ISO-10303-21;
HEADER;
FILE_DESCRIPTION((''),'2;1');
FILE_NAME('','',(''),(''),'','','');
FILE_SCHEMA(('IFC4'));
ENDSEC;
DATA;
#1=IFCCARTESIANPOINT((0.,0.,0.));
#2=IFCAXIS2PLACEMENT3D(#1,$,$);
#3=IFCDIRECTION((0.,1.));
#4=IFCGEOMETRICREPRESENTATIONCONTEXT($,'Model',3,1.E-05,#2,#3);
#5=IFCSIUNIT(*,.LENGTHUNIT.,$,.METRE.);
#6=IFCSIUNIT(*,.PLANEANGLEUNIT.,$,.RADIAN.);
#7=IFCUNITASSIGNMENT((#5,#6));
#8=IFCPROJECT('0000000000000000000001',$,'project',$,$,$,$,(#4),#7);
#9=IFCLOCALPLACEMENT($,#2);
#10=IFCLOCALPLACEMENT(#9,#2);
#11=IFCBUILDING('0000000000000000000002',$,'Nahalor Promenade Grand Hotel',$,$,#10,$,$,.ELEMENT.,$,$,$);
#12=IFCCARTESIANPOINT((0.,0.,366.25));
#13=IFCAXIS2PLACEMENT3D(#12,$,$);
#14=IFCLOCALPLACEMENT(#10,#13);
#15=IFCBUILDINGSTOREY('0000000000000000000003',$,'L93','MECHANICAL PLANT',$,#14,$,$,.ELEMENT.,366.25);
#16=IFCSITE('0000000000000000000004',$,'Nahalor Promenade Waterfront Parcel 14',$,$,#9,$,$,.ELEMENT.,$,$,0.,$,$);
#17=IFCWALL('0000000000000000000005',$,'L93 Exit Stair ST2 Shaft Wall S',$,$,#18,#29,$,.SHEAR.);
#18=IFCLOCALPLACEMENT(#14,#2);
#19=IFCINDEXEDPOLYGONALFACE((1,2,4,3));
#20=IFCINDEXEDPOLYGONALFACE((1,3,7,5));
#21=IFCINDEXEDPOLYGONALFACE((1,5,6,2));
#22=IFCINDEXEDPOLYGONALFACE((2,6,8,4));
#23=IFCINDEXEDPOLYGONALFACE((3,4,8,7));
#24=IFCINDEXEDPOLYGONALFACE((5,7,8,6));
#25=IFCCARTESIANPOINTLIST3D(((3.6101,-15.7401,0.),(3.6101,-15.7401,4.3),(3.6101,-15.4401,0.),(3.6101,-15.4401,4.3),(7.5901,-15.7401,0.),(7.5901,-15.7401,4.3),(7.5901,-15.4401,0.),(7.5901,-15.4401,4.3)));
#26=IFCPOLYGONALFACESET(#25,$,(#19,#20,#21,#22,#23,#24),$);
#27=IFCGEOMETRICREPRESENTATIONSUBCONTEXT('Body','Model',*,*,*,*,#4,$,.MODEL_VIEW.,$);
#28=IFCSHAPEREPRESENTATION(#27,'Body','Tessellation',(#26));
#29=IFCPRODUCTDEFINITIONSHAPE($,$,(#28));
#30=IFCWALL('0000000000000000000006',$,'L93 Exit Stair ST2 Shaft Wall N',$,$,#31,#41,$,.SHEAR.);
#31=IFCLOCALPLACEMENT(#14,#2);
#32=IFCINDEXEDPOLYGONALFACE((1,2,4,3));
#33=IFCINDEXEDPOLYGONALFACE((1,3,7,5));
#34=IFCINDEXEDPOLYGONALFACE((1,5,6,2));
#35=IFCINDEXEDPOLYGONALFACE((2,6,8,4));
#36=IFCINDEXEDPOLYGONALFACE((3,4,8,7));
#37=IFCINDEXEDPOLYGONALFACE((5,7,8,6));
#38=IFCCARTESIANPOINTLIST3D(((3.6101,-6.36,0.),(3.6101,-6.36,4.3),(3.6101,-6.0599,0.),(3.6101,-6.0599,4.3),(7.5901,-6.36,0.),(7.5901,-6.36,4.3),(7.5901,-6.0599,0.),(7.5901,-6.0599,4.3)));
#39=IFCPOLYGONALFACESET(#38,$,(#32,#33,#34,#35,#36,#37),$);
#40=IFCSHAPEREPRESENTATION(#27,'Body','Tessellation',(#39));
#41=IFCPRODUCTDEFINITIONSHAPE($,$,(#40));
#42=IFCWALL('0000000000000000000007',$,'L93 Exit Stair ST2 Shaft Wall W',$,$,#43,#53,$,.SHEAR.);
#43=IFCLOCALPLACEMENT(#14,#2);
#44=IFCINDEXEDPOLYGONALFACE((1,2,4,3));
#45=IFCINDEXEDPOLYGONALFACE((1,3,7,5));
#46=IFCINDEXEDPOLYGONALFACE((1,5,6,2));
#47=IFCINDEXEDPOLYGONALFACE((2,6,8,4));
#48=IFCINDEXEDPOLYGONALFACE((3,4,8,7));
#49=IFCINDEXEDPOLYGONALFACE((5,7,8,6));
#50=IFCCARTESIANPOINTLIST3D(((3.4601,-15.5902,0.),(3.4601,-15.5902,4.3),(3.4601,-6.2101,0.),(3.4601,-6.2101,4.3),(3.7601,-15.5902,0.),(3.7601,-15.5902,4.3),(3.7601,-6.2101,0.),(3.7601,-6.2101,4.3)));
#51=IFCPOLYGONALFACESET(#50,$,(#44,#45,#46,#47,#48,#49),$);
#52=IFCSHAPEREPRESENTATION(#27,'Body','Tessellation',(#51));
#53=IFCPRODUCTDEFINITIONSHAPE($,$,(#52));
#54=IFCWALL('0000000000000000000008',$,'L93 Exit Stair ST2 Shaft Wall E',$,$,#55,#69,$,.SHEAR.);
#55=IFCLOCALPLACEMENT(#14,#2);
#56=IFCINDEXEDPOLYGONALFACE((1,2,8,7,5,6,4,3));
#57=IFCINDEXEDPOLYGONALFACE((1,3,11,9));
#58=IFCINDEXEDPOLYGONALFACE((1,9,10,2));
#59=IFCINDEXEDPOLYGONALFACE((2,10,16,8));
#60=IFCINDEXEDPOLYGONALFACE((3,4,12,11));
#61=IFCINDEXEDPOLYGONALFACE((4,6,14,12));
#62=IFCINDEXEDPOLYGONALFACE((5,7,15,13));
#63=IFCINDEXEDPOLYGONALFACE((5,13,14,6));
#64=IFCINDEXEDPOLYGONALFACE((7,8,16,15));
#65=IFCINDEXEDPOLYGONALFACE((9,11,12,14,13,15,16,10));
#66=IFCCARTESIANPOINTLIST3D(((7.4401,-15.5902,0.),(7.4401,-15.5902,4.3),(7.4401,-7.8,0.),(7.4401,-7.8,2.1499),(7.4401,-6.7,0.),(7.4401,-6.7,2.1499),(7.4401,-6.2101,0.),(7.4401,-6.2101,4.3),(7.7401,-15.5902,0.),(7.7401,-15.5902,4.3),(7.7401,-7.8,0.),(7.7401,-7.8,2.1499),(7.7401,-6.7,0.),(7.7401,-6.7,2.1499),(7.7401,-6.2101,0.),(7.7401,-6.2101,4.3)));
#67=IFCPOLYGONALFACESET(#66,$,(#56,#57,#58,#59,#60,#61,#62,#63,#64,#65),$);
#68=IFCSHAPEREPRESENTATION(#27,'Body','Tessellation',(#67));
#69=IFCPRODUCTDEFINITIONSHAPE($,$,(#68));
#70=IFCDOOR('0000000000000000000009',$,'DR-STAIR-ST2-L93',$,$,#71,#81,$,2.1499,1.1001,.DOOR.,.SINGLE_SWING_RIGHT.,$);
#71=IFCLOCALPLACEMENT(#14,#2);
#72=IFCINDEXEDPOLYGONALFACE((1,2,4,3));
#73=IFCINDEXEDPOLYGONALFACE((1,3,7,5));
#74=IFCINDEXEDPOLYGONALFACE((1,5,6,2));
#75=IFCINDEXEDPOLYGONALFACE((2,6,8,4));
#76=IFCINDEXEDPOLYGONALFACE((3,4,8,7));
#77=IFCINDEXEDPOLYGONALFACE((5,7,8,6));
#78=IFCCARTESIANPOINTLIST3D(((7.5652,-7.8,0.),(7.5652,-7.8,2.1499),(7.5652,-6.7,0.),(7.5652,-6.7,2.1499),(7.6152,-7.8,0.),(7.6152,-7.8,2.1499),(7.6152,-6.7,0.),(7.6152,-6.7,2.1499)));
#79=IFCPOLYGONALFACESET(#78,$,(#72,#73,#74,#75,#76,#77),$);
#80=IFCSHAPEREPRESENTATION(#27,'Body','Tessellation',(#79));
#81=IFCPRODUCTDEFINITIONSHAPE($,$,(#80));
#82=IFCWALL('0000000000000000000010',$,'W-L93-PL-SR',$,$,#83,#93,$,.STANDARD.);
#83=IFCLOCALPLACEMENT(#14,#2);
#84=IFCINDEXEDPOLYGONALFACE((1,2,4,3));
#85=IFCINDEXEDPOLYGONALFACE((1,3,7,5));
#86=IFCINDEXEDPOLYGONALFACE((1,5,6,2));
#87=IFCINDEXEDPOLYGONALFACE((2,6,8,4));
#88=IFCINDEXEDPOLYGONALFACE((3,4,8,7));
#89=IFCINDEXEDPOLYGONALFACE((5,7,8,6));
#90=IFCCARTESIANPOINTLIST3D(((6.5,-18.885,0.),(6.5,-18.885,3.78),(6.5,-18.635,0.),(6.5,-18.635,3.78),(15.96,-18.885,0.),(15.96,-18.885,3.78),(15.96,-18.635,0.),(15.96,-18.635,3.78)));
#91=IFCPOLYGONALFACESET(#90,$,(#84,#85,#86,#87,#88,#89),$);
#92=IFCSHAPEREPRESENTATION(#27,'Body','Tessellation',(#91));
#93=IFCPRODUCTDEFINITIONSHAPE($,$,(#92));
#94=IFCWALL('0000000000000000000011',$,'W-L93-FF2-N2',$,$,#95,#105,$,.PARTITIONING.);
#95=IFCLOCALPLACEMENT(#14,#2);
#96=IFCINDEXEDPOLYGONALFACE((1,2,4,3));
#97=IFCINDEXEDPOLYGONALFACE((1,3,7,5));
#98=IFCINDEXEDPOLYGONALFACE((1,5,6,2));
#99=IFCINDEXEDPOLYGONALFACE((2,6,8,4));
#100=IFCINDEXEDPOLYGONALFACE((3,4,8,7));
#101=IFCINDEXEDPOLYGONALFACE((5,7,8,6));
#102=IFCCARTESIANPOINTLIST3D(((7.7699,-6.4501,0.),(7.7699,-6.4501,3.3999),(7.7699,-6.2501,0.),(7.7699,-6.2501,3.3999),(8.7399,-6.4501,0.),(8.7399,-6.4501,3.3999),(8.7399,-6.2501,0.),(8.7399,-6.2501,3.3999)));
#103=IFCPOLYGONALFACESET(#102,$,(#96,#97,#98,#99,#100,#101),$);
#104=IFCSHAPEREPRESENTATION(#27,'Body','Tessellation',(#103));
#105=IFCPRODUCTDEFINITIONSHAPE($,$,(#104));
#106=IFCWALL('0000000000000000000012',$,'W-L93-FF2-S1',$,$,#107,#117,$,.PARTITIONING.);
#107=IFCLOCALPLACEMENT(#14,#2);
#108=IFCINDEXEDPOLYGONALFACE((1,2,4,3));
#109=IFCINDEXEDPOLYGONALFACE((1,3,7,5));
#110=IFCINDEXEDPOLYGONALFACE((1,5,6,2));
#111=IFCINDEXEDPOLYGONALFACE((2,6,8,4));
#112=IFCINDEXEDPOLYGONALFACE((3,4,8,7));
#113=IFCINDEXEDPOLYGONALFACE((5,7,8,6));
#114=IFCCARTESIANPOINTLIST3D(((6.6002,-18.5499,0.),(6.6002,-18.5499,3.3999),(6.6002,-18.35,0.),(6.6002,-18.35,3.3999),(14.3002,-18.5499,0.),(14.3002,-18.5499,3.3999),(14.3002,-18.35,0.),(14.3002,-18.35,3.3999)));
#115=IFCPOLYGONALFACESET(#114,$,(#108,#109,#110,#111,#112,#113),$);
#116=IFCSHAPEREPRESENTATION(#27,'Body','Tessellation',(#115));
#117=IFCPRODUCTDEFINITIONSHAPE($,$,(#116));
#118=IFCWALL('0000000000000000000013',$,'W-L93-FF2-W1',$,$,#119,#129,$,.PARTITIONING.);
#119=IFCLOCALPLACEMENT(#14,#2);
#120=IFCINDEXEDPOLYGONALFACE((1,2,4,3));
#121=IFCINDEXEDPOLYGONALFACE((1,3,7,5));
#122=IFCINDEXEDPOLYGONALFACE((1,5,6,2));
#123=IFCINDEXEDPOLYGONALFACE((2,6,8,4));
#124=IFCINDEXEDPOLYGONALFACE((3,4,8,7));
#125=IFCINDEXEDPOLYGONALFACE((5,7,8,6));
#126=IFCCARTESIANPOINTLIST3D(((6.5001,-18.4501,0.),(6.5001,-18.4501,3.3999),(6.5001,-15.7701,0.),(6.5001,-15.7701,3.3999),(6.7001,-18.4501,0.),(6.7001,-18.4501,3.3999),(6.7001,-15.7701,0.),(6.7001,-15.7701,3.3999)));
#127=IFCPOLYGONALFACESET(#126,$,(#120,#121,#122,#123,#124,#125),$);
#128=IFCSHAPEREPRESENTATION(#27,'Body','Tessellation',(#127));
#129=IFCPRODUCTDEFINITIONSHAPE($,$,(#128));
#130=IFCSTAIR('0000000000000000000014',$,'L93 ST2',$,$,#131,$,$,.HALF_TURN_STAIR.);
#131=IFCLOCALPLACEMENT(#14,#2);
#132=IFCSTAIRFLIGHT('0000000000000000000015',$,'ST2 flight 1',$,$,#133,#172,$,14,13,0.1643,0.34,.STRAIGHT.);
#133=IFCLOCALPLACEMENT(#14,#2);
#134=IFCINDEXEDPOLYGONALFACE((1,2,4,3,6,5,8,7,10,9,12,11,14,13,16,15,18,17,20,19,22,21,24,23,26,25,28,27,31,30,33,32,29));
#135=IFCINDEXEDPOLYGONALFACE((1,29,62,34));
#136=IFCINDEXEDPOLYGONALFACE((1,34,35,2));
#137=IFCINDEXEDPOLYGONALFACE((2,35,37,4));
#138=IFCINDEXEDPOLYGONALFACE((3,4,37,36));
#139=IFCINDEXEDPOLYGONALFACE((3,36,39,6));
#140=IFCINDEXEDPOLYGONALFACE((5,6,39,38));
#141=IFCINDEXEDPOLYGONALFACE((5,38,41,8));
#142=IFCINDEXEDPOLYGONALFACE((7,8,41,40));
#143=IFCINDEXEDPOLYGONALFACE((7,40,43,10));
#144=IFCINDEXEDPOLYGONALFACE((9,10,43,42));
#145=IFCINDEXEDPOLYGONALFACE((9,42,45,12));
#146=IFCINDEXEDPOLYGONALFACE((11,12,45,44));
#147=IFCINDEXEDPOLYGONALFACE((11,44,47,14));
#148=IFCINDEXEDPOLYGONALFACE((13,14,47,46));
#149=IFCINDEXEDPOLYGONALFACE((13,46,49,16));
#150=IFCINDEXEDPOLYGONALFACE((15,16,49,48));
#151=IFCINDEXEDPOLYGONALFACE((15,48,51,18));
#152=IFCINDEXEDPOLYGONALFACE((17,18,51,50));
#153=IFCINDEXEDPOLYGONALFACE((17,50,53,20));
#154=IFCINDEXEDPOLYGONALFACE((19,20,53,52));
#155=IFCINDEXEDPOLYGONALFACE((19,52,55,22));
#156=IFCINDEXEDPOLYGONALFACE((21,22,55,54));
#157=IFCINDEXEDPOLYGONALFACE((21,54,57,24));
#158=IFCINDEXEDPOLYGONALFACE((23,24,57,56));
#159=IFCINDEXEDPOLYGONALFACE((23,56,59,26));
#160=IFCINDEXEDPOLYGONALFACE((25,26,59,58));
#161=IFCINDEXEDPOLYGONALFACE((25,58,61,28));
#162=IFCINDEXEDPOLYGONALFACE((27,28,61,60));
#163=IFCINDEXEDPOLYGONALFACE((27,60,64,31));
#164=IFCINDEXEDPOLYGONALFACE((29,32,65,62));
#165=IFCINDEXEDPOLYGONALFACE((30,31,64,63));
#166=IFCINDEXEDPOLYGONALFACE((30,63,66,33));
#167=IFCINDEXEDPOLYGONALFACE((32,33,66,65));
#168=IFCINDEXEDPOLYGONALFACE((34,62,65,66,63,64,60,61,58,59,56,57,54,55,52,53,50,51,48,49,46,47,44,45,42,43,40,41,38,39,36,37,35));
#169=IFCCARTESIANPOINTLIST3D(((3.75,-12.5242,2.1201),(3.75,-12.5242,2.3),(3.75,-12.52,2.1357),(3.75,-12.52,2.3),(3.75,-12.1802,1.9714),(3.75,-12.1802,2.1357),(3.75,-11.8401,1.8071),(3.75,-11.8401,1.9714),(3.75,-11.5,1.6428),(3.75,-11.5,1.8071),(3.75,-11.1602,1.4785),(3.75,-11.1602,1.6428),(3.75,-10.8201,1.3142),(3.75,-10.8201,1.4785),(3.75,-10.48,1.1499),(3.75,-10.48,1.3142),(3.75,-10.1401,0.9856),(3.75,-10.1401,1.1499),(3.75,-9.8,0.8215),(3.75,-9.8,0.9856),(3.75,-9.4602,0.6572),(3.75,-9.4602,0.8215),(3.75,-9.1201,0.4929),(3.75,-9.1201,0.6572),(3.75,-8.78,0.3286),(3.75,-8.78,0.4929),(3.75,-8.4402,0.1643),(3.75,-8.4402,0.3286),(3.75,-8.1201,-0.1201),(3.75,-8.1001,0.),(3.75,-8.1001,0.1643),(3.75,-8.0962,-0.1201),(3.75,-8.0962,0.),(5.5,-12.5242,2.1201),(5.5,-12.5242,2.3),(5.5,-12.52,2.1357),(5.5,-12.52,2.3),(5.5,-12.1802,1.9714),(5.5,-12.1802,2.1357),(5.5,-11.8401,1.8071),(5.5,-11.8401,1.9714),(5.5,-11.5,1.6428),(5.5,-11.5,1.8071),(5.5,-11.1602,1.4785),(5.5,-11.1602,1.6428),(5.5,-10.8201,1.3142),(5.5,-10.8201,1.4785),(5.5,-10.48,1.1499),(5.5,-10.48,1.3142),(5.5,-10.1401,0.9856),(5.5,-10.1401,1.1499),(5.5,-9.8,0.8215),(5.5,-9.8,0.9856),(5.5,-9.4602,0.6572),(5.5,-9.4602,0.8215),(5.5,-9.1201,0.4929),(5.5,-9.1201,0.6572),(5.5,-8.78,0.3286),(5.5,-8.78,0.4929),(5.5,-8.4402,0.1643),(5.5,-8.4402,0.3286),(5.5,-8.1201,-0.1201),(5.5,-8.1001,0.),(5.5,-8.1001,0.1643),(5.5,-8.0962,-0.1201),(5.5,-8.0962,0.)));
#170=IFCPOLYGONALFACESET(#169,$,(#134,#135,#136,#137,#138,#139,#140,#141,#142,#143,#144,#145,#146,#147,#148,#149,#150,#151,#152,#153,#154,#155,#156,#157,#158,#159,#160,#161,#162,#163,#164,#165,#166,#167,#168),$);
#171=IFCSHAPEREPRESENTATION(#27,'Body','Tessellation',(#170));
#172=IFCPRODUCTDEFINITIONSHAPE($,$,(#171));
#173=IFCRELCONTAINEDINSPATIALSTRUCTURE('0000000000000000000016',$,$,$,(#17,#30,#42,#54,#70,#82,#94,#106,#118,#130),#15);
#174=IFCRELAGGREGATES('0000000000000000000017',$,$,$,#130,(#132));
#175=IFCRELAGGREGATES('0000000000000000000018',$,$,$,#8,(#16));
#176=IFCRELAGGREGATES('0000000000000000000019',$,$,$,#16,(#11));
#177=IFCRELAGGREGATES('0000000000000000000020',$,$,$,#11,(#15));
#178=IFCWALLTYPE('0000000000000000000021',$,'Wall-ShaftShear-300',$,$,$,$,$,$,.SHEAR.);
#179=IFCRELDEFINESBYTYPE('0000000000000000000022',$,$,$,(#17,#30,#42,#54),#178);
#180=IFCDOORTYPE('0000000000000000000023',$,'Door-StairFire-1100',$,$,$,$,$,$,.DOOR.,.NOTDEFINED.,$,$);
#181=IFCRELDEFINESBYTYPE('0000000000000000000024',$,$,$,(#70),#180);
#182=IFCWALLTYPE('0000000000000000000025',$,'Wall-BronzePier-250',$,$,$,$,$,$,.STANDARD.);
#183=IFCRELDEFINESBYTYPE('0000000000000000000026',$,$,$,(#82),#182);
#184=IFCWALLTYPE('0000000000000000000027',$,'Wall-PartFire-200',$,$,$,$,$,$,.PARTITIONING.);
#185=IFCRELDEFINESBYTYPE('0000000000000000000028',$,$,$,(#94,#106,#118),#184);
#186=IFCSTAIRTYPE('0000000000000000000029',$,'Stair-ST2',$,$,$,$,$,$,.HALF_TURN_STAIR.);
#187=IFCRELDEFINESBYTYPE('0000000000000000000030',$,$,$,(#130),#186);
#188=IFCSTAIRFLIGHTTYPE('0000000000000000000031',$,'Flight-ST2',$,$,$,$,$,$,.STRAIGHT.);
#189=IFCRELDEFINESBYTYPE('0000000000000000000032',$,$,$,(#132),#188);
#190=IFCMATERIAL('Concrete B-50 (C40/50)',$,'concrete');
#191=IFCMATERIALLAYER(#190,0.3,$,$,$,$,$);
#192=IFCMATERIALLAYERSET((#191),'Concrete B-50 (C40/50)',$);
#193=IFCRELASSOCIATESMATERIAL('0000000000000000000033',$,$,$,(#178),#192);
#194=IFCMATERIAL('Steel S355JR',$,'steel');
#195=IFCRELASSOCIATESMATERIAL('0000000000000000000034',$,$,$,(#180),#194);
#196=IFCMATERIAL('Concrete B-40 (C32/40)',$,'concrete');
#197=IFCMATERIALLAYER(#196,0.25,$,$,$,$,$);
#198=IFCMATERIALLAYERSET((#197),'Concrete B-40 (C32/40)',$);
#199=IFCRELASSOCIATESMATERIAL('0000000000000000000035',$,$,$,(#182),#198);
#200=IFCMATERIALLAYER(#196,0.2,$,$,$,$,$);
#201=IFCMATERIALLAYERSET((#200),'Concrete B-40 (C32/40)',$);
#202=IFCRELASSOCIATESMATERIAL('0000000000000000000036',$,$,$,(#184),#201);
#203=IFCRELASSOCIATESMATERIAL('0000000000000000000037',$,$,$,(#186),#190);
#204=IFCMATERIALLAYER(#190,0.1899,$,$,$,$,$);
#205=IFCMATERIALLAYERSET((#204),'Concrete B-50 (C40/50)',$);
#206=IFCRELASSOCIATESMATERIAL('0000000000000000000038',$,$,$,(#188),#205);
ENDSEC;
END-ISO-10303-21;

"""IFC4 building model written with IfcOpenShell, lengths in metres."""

from ifc_helpers import new_model, si_unit, direction, frame, frame_2d, origin, place, context, subcontext, project, spatial, polyline, rectangle, outline, extrude, source, transform, mapped, material, layer, layer_set, type_object, element, fill, aggregate, save


model = new_model("IFC4")

# Units and contexts
model_context = context("Model", 3, precision=1e-05, world=origin(), true_north=direction((0.0, 1.0)))
body_context = subcontext(model_context, "Body", "Model", "MODEL_VIEW")
ifc_project = project(units=[si_unit("LENGTHUNIT", "METRE"), si_unit("PLANEANGLEUNIT", "RADIAN")], contexts=[model_context])

# Site, building, storey
site_placement = place(None, origin())
site = spatial("IfcSite", under=ifc_project, at=site_placement, Name="Nahalor Promenade Waterfront Parcel 14", CompositionType="ELEMENT", RefElevation=0.0)
building_placement = place(site_placement, origin())
building = spatial("IfcBuilding", under=site, at=building_placement, Name="Nahalor Promenade Grand Hotel", CompositionType="ELEMENT")
storey_placement = place(building_placement, frame((0.0, 0.0, 366.25)))
storey = spatial("IfcBuildingStorey", under=building, at=storey_placement, Name="L93", Description="MECHANICAL PLANT", CompositionType="ELEMENT", Elevation=366.25)

# Shared definitions
ifc_material_1 = material(Name="Concrete B-50 (C40/50)", Category="concrete")

# Shared definitions
ifc_material_2 = material(Name="Steel S355JR", Category="steel")

# Walls
ifc_layer_1 = layer(ifc_material_1, 0.3)
ifc_layer_set_1 = layer_set([ifc_layer_1], Name="Concrete B-50 (C40/50)")
wall_type_1 = type_object("IfcWallType", Name="Wall-ShaftShear-300", PredefinedType="SHEAR", material=ifc_layer_set_1)
shared_shape_1 = source(origin(), body_context, "Body", "SweptSolid", [
    extrude(rectangle(XDim=3.98, YDim=0.3, at=frame_2d((1.99, 0.0))), origin(), (0.0, 0.0, 1.0), 4.3),
])
for number, where, z_axis, x_axis, name in (
    (1, (3.6101, -15.5901, 0.0), (0.0, 0.0, 1.0), (1.0, 0.0, 0.0), "L93 Exit Stair ST2 Shaft Wall S"),
    (2, (3.6101, -6.21, 0.0), (0.0, 0.0, 1.0), (1.0, 0.0, 0.0), "L93 Exit Stair ST2 Shaft Wall N"),
):
    element("IfcWall", number, at=place(storey_placement, frame(where, z_axis=z_axis, x_axis=x_axis)), inside=storey, type_object=wall_type_1, Name=name, PredefinedType="SHEAR", context=body_context, shape_type="MappedRepresentation", body=[
        mapped(shared_shape_1, transform((0.0, 0.0, 0.0), scale=1.0)),
    ])
shared_shape_2 = source(origin(), body_context, "Body", "SweptSolid", [
    extrude(rectangle(XDim=9.3801, YDim=0.3, at=frame_2d((4.6899, 0.0))), origin(), (0.0, 0.0, 1.0), 4.3),
])
wall_1_placement = place(storey_placement, frame((3.6101, -15.5901, 0.0), z_axis=(0.0, 0.0, 1.0), x_axis=(0.0, 1.0, 0.0)))
element("IfcWall", 3, at=wall_1_placement, inside=storey, type_object=wall_type_1, Name="L93 Exit Stair ST2 Shaft Wall W", PredefinedType="SHEAR", context=body_context, shape_type="MappedRepresentation", body=[
    mapped(shared_shape_2, transform((0.0, 0.0, 0.0), scale=1.0)),
])

# Wall, opening, door
wall_2_placement = place(storey_placement, frame((7.5901, -15.5901, 0.0), z_axis=(0.0, 0.0, 1.0), x_axis=(0.0, 1.0, 0.0)))
wall_2 = element("IfcWall", 4, at=wall_2_placement, inside=storey, type_object=wall_type_1, Name="L93 Exit Stair ST2 Shaft Wall E", PredefinedType="SHEAR", context=body_context, shape_type="MappedRepresentation", body=[
    mapped(shared_shape_2, transform((0.0, 0.0, 0.0), scale=1.0)),
])
opening_placement = place(wall_2_placement, frame((7.79, 0.0, 0.0)))
opening = element("IfcOpeningElement", 5, at=opening_placement, cuts=wall_2, PredefinedType="OPENING", context=body_context, shape_type="SweptSolid", body=[
    extrude(rectangle(XDim=1.1001, YDim=2.1499, at=frame_2d((0.55, 1.075))), frame((0.0, 0.1599, 0.0), z_axis=(0.0, -1.0, 0.0), x_axis=(1.0, 0.0, 0.0)), (0.0, 0.0, 1.0), 0.3201),
])
door_type = type_object("IfcDoorType", Name="Door-StairFire-1100", OperationType="NOTDEFINED", PredefinedType="DOOR", material=ifc_material_2)
shared_shape_3 = source(origin(), body_context, "Body", "SweptSolid", [
    extrude(rectangle(XDim=1.1001, YDim=2.1499, at=frame_2d((0.55, 1.075))), frame((0.0, 0.0249, 0.0), z_axis=(0.0, -1.0, 0.0), x_axis=(1.0, 0.0, 0.0)), (0.0, 0.0, 1.0), 0.05),
])
door_placement = place(opening_placement, origin())
door = element("IfcDoor", 6, at=door_placement, inside=storey, type_object=door_type, Name="DR-STAIR-ST2-L93", OperationType="SINGLE_SWING_RIGHT", OverallHeight=2.1499, OverallWidth=1.1001, PredefinedType="DOOR", context=body_context, shape_type="MappedRepresentation", body=[
    mapped(shared_shape_3, transform((0.0, 0.0, 0.0), scale=1.0)),
])
fill(opening, door)

# Walls
ifc_material_3 = material(Name="Concrete B-40 (C32/40)", Category="concrete")
ifc_layer_2 = layer(ifc_material_3, 0.25)
ifc_layer_set_2 = layer_set([ifc_layer_2], Name="Concrete B-40 (C32/40)")
wall_type_2 = type_object("IfcWallType", Name="Wall-BronzePier-250", PredefinedType="STANDARD", material=ifc_layer_set_2)
shared_shape_4 = source(origin(), body_context, "Body", "SweptSolid", [
    extrude(rectangle(XDim=9.46, YDim=0.25, at=frame_2d((4.73, 0.0))), origin(), (0.0, 0.0, 1.0), 3.78),
])
wall_3_placement = place(storey_placement, frame((6.5, -18.76, 0.0), z_axis=(0.0, 0.0, 1.0), x_axis=(1.0, 0.0, 0.0)))
element("IfcWall", 7, at=wall_3_placement, inside=storey, type_object=wall_type_2, Name="W-L93-PL-SR", PredefinedType="STANDARD", context=body_context, shape_type="MappedRepresentation", body=[
    mapped(shared_shape_4, transform((0.0, 0.0, 0.0), scale=1.0)),
])
ifc_layer_3 = layer(ifc_material_3, 0.2)
ifc_layer_set_3 = layer_set([ifc_layer_3], Name="Concrete B-40 (C32/40)")
wall_type_3 = type_object("IfcWallType", Name="Wall-PartFire-200", PredefinedType="PARTITIONING", material=ifc_layer_set_3)
shared_shape_5 = source(origin(), body_context, "Body", "SweptSolid", [
    extrude(rectangle(XDim=0.97, YDim=0.2, at=frame_2d((0.4849, 0.0))), origin(), (0.0, 0.0, 1.0), 3.3999),
])
wall_4_placement = place(storey_placement, frame((7.77, -6.3501, 0.0), z_axis=(0.0, 0.0, 1.0), x_axis=(1.0, 0.0, 0.0)))
element("IfcWall", 8, at=wall_4_placement, inside=storey, type_object=wall_type_3, Name="W-L93-FF2-N2", PredefinedType="PARTITIONING", context=body_context, shape_type="MappedRepresentation", body=[
    mapped(shared_shape_5, transform((0.0, 0.0, 0.0), scale=1.0)),
])
shared_shape_6 = source(origin(), body_context, "Body", "SweptSolid", [
    extrude(rectangle(XDim=7.7, YDim=0.2, at=frame_2d((3.8501, 0.0))), origin(), (0.0, 0.0, 1.0), 3.3999),
])
wall_5_placement = place(storey_placement, frame((6.6001, -18.45, 0.0), z_axis=(0.0, 0.0, 1.0), x_axis=(1.0, 0.0, 0.0)))
element("IfcWall", 9, at=wall_5_placement, inside=storey, type_object=wall_type_3, Name="W-L93-FF2-S1", PredefinedType="PARTITIONING", context=body_context, shape_type="MappedRepresentation", body=[
    mapped(shared_shape_6, transform((0.0, 0.0, 0.0), scale=1.0)),
])
shared_shape_7 = source(origin(), body_context, "Body", "SweptSolid", [
    extrude(rectangle(XDim=2.6799, YDim=0.2, at=frame_2d((1.3398, 0.0))), origin(), (0.0, 0.0, 1.0), 3.3999),
])
wall_6_placement = place(storey_placement, frame((6.6001, -18.45, 0.0), z_axis=(0.0, 0.0, 1.0), x_axis=(0.0, 1.0, 0.0)))
element("IfcWall", 10, at=wall_6_placement, inside=storey, type_object=wall_type_3, Name="W-L93-FF2-W1", PredefinedType="PARTITIONING", context=body_context, shape_type="MappedRepresentation", body=[
    mapped(shared_shape_7, transform((0.0, 0.0, 0.0), scale=1.0)),
])

# Stair, stair flight
stair_type = type_object("IfcStairType", Name="Stair-ST2", PredefinedType="HALF_TURN_STAIR", material=ifc_material_1)
stair_placement = place(storey_placement, origin())
stair = element("IfcStair", 11, at=stair_placement, inside=storey, type_object=stair_type, Name="L93 ST2", PredefinedType="HALF_TURN_STAIR")
ifc_layer_4 = layer(ifc_material_1, 0.1899)
ifc_layer_set_4 = layer_set([ifc_layer_4], Name="Concrete B-50 (C40/50)")
stair_flight_type = type_object("IfcStairFlightType", Name="Flight-ST2", PredefinedType="STRAIGHT", material=ifc_layer_set_4)
shared_shape_8 = source(origin(), body_context, "Body", "SweptSolid", [
    extrude(outline(polyline([(-0.0039, -0.1201), (-0.0039, 0.0), (0.0, 0.0), (0.0, 0.1643), (0.3401, 0.1643), (0.3401, 0.3286), (0.6799, 0.3286), (0.6799, 0.4929), (1.02, 0.4929), (1.02, 0.6572), (1.3601, 0.6572), (1.3601, 0.8215), (1.7, 0.8215), (1.7, 0.9856), (2.04, 0.9856), (2.04, 1.1499), (2.3799, 1.1499), (2.3799, 1.3142), (2.72, 1.3142), (2.72, 1.4785), (3.0601, 1.4785), (3.0601, 1.6428), (3.3999, 1.6428), (3.3999, 1.8071), (3.74, 1.8071), (3.74, 1.9714), (4.0801, 1.9714), (4.0801, 2.1357), (4.4199, 2.1357), (4.4199, 2.3), (4.4241, 2.3), (4.4241, 2.1201), (0.02, -0.1201), (-0.0039, -0.1201)])), frame((0.0, 0.875, 0.0), z_axis=(0.0, -1.0, 0.0), x_axis=(1.0, 0.0, 0.0)), (0.0, 0.0, 1.0), 1.75),
])
stair_flight_1_placement = place(storey_placement, frame((4.625, -8.1001, 0.0), z_axis=(0.0, 0.0, 1.0), x_axis=(0.0, -1.0, 0.0)))
stair_flight_1 = element("IfcStairFlight", 12, at=stair_flight_1_placement, type_object=stair_flight_type, Name="ST2 flight 1", NumberOfRisers=14, NumberOfTreads=13, PredefinedType="STRAIGHT", RiserHeight=0.1643, TreadLength=0.34, context=body_context, shape_type="MappedRepresentation", body=[
    mapped(shared_shape_8, transform((0.0, 0.0, 0.0), scale=1.0)),
])
aggregate(stair, [stair_flight_1])

save(model, "model.ifc")
